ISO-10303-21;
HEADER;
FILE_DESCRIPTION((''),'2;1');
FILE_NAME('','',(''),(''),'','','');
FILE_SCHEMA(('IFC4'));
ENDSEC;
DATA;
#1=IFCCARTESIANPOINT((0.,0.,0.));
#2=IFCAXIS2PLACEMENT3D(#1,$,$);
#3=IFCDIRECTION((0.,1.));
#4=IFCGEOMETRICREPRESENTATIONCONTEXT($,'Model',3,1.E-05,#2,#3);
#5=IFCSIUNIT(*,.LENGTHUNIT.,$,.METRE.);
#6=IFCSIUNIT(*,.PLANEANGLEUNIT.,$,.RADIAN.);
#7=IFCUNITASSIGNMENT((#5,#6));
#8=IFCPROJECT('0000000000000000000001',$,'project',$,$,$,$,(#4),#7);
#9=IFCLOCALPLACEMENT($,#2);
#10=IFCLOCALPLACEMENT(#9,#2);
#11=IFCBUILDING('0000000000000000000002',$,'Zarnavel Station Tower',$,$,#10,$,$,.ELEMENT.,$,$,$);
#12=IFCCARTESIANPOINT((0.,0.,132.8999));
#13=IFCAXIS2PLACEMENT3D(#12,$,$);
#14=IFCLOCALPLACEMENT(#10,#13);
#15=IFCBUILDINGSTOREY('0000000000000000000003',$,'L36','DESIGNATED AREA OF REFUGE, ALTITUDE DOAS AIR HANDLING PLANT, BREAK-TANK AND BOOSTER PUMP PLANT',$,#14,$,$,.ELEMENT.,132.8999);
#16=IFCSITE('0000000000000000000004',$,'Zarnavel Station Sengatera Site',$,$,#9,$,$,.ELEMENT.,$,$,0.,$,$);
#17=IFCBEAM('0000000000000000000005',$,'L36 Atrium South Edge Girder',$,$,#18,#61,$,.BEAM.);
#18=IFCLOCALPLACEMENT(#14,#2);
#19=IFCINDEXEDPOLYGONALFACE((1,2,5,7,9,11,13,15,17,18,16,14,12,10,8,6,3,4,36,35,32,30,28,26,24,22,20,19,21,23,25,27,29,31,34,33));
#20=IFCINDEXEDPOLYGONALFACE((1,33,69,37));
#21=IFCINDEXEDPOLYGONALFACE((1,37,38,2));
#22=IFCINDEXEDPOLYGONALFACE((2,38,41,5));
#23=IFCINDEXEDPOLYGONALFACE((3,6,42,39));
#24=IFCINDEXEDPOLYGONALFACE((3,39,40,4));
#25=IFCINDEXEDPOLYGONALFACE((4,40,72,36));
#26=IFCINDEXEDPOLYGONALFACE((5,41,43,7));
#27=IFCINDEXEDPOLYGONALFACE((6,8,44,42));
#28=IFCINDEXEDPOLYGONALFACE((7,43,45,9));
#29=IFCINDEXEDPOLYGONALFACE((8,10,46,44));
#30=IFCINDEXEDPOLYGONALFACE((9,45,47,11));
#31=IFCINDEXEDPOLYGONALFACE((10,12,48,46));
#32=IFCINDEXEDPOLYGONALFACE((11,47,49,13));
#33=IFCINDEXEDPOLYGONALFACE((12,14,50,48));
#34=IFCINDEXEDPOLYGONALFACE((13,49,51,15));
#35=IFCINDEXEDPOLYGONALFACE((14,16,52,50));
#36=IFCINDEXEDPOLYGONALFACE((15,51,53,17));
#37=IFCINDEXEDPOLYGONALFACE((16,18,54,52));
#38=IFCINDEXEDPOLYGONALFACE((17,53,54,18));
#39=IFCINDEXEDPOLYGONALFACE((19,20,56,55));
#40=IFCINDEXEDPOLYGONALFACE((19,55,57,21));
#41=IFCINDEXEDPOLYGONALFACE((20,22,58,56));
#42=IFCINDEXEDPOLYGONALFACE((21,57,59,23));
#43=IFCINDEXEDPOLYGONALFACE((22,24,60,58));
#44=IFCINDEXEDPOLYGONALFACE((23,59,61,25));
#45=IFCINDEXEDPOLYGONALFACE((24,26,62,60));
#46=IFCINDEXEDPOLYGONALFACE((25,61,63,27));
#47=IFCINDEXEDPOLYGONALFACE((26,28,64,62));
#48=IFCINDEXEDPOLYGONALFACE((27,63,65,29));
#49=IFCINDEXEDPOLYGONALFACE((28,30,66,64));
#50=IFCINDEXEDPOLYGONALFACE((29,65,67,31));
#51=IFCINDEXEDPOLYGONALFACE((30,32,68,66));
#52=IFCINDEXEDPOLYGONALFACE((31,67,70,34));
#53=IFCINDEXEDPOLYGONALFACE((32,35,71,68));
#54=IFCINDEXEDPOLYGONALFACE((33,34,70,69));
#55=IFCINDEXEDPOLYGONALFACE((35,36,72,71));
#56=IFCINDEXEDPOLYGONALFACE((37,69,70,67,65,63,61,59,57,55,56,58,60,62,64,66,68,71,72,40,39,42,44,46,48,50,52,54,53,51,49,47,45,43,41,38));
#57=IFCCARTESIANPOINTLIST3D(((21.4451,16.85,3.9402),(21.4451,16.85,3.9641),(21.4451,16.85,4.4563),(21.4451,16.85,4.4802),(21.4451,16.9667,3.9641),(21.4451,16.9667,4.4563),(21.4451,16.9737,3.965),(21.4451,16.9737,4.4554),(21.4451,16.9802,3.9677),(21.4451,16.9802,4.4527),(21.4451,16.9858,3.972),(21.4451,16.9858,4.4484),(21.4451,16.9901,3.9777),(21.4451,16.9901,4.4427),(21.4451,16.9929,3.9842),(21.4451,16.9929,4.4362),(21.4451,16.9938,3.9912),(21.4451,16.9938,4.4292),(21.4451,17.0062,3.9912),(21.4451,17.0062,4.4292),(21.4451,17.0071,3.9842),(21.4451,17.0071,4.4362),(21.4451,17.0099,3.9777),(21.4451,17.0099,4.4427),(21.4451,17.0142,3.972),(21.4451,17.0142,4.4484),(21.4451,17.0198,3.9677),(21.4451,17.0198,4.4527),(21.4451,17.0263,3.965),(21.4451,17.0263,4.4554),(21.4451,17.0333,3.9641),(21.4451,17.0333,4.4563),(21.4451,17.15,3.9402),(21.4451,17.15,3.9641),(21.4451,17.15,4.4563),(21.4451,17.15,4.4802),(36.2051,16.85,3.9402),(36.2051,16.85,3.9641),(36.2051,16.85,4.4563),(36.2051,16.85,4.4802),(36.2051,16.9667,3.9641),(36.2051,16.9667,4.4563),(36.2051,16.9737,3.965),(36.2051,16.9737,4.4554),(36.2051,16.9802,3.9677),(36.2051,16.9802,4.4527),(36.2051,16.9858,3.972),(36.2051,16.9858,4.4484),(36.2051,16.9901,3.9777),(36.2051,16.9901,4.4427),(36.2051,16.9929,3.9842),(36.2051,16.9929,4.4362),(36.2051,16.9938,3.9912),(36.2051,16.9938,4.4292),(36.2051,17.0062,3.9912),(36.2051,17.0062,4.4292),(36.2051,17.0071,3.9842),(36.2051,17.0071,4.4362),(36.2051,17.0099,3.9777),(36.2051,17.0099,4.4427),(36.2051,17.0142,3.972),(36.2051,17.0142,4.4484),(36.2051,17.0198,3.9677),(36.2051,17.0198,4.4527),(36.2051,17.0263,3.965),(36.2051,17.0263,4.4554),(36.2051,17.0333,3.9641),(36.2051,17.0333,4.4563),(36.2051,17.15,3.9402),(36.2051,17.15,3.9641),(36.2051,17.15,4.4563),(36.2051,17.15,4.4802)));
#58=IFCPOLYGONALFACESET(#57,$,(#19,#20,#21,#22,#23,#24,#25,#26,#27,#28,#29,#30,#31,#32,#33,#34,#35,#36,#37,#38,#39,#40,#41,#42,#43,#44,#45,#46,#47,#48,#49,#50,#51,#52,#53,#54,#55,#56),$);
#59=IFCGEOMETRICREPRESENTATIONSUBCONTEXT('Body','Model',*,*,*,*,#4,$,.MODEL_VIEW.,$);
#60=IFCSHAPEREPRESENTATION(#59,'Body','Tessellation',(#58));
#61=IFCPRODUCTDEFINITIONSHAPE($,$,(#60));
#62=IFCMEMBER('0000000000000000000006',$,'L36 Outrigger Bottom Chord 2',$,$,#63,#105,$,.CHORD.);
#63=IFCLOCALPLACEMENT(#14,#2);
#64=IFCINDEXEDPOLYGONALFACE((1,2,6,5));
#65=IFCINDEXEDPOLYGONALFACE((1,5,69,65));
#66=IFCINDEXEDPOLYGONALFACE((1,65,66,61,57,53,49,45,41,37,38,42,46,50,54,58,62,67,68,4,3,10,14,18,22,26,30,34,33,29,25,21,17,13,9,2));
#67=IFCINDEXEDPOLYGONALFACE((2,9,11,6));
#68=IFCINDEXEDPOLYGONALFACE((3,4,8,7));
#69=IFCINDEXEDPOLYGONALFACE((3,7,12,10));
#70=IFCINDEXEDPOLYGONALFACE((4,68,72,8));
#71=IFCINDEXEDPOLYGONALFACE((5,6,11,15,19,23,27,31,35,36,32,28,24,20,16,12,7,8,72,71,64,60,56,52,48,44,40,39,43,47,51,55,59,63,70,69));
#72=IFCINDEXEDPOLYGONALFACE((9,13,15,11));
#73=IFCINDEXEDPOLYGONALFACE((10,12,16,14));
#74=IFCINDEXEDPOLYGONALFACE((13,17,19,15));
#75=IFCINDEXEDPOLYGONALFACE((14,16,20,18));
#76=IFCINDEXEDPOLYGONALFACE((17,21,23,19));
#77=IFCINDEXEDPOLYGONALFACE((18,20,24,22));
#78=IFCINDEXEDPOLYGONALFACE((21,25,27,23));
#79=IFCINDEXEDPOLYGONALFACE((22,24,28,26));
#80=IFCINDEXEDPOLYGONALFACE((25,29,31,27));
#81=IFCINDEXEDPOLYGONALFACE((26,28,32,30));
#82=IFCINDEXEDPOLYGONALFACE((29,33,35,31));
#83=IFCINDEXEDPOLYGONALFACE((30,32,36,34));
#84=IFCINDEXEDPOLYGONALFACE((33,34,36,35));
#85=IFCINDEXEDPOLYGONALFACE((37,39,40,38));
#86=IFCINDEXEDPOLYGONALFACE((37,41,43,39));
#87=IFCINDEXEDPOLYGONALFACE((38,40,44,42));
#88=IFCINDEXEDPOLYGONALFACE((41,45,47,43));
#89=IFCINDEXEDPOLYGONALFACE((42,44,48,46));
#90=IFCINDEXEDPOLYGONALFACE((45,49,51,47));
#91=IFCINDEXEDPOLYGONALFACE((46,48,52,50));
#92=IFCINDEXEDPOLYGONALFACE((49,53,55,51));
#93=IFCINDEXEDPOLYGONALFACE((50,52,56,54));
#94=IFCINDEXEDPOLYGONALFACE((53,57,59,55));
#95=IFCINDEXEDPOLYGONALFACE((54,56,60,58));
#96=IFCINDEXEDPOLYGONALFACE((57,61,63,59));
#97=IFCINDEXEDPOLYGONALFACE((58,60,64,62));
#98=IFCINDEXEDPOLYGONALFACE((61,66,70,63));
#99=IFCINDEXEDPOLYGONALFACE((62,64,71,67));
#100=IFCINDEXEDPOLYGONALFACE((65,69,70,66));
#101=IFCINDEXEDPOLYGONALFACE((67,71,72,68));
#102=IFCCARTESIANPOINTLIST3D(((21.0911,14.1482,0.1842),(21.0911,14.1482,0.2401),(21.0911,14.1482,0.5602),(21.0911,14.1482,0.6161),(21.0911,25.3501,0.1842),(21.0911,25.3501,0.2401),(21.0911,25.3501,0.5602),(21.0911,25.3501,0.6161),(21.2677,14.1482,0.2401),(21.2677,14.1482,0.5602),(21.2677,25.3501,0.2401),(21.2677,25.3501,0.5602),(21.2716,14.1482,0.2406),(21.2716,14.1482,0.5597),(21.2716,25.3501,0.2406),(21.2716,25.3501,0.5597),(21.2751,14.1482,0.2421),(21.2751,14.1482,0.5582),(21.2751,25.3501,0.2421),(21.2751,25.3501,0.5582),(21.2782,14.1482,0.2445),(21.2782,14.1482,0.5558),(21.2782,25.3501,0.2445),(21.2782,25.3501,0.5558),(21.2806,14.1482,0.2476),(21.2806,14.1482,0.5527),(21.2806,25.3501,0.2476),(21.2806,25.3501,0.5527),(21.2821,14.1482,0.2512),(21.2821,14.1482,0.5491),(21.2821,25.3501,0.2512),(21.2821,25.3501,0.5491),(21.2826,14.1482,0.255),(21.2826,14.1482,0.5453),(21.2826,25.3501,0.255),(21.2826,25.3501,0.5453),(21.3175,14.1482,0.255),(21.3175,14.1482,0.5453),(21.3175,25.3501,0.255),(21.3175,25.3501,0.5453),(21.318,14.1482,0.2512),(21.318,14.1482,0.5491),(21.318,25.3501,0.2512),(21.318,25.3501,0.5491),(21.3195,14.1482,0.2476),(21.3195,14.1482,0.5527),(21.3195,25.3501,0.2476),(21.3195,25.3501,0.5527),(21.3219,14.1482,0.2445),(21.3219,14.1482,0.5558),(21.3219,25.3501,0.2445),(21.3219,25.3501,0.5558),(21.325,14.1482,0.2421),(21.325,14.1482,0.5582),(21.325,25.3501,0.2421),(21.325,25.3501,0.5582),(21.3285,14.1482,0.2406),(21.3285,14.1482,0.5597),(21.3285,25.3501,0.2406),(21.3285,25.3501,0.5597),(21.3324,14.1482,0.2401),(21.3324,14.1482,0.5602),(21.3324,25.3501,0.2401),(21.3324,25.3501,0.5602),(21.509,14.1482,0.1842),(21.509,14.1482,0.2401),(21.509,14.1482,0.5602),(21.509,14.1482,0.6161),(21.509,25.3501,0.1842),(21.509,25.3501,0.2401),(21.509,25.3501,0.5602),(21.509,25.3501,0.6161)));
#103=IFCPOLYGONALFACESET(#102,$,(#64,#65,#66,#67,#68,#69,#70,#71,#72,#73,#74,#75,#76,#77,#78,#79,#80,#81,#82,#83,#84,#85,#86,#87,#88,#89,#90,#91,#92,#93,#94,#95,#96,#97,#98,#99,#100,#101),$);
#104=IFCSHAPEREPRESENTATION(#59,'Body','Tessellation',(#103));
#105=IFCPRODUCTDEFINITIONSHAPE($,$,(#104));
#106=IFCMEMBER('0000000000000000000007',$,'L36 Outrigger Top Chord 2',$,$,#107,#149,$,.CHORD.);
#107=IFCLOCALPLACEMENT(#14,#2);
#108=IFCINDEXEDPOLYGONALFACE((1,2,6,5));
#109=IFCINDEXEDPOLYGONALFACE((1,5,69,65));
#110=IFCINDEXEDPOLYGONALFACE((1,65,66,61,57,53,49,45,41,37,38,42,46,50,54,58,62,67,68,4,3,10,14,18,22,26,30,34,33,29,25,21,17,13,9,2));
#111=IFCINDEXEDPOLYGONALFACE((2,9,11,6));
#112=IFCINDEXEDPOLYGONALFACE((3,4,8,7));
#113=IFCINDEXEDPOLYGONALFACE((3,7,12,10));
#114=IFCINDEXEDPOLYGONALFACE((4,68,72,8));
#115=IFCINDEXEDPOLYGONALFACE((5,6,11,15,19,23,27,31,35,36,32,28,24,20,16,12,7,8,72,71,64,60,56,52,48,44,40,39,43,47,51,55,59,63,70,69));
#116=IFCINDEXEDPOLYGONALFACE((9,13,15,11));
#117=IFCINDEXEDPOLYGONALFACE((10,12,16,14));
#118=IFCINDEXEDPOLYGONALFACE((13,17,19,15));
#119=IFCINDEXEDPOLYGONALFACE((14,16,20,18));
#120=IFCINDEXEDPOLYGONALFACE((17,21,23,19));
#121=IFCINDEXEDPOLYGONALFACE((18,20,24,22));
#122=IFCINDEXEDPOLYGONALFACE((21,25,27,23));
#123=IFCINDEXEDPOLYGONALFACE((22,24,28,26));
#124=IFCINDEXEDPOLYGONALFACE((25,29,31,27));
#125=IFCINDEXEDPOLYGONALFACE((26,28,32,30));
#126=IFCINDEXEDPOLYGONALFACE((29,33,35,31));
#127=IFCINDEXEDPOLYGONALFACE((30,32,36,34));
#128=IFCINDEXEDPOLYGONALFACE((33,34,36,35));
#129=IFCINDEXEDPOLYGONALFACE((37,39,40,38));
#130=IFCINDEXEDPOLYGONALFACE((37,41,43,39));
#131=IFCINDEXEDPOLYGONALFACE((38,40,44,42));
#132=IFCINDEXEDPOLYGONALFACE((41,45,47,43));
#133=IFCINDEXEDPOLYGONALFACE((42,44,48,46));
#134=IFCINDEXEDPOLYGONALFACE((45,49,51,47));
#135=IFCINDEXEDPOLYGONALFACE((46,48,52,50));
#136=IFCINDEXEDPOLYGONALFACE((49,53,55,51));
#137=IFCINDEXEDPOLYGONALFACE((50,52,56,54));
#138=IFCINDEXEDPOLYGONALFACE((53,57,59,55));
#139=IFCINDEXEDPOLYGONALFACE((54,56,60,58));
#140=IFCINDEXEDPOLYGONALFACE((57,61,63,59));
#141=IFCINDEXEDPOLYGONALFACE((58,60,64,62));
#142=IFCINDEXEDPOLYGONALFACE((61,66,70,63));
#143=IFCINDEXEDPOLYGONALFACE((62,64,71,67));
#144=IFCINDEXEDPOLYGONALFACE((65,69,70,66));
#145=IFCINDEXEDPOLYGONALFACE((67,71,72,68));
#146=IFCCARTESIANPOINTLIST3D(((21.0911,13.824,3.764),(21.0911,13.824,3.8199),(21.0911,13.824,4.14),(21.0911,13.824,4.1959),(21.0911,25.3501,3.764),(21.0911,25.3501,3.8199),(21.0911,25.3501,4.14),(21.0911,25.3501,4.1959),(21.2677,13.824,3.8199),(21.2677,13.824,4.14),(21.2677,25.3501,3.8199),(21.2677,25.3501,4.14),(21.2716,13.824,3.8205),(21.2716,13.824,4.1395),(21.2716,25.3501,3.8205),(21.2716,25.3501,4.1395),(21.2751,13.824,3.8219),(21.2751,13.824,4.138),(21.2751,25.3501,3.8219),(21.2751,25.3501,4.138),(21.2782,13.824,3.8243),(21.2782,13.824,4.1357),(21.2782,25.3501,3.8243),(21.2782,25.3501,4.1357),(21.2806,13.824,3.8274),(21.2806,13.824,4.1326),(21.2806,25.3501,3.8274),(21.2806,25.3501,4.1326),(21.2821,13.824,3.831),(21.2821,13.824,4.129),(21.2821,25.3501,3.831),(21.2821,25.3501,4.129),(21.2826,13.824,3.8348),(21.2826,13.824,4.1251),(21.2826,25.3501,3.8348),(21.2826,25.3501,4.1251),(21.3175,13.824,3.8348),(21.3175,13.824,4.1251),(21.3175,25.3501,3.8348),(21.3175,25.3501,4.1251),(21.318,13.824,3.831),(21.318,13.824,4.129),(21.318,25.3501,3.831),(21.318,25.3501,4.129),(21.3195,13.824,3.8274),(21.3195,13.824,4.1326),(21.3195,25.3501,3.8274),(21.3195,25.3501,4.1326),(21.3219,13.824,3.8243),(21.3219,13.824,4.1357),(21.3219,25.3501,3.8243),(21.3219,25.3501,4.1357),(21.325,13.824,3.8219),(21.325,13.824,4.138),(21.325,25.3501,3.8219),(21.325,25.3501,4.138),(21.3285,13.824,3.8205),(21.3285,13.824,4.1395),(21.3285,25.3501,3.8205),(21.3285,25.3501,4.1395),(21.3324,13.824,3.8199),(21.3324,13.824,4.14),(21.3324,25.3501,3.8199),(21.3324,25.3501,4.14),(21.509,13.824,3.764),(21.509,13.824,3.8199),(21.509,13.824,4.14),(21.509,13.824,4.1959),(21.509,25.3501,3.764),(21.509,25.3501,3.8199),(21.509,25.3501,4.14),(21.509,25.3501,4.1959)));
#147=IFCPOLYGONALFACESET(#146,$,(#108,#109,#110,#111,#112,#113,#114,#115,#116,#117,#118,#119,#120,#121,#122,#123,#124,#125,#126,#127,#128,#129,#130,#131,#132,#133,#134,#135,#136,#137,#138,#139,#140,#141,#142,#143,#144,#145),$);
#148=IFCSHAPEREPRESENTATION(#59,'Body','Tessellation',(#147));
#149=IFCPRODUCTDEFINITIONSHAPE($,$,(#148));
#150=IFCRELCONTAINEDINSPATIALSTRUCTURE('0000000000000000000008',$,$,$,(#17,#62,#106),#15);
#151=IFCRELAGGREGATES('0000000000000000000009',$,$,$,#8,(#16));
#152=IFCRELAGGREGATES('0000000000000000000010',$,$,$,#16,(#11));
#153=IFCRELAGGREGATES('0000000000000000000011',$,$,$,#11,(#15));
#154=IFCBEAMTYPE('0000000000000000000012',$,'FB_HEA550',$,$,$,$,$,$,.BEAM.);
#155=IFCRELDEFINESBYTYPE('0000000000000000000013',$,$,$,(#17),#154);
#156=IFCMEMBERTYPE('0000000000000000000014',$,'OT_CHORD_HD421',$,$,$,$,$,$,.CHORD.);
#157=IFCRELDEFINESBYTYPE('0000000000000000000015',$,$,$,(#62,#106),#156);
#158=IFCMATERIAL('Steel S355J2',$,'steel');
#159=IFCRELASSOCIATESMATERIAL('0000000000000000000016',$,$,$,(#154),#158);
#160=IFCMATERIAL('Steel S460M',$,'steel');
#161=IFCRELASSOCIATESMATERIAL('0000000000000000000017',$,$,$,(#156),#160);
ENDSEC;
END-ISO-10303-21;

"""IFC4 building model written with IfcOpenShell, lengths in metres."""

from ifc_helpers import new_model, si_unit, direction, frame, origin, origin_2d, place, context, subcontext, project, spatial, i_section, extrude, material, material_profile, profile_set, type_object, element, save


model = new_model("IFC4")

# Units and contexts
model_context = context("Model", 3, precision=1e-05, world=origin(), true_north=direction((0.0, 1.0)))
body_context = subcontext(model_context, "Body", "Model", "MODEL_VIEW")
ifc_project = project(units=[si_unit("LENGTHUNIT", "METRE"), si_unit("PLANEANGLEUNIT", "RADIAN")], contexts=[model_context])

# Site, building, storey
site_placement = place(None, origin())
site = spatial("IfcSite", under=ifc_project, at=site_placement, Name="Zarnavel Station Sengatera Site", CompositionType="ELEMENT", RefElevation=0.0)
building_placement = place(site_placement, origin())
building = spatial("IfcBuilding", under=site, at=building_placement, Name="Zarnavel Station Tower", CompositionType="ELEMENT")
storey_placement = place(building_placement, frame((0.0, 0.0, 132.8999)))
storey = spatial("IfcBuildingStorey", under=building, at=storey_placement, Name="L36", Description="DESIGNATED AREA OF REFUGE, ALTITUDE DOAS AIR HANDLING PLANT, BREAK-TANK AND BOOSTER PUMP PLANT", CompositionType="ELEMENT", Elevation=132.8999)

# Beam
ifc_material_1 = material(Name="Steel S355J2", Category="steel")
ifc_material_profile_1 = material_profile(ifc_material_1, i_section(OverallWidth=0.3, OverallDepth=0.54, WebThickness=0.0125, FlangeThickness=0.0239, FilletRadius=0.0271, at=origin_2d()), Name="HEA550")
ifc_profile_set_1 = profile_set([ifc_material_profile_1], Name="Steel S355J2")
beam_type = type_object("IfcBeamType", Name="FB_HEA550", PredefinedType="BEAM", material=ifc_profile_set_1)
beam_placement = place(storey_placement, frame((21.4451, 17.0, 4.2102), z_axis=(1.0, 0.0, 0.0), x_axis=(0.0, 1.0, 0.0)))
element("IfcBeam", 1, at=beam_placement, inside=storey, type_object=beam_type, Name="L36 Atrium South Edge Girder", PredefinedType="BEAM", context=body_context, shape_type="SweptSolid", body=[
    extrude(i_section(OverallWidth=0.3, OverallDepth=0.54, WebThickness=0.0125, FlangeThickness=0.0239, FilletRadius=0.0271, at=origin_2d()), origin(), (0.0, 0.0, 1.0), 14.76),
])

# Members
ifc_material_2 = material(Name="Steel S460M", Category="steel")
ifc_material_profile_2 = material_profile(ifc_material_2, i_section(OverallWidth=0.418, OverallDepth=0.4319, WebThickness=0.0349, FlangeThickness=0.0559, FilletRadius=0.0149, at=origin_2d()), Name="HD400x421")
ifc_profile_set_2 = profile_set([ifc_material_profile_2], Name="Steel S460M")
member_type_1 = type_object("IfcMemberType", Name="OT_CHORD_HD421", PredefinedType="CHORD", material=ifc_profile_set_2)
member_1_placement = place(storey_placement, frame((21.3, 14.1482, 0.4001), z_axis=(0.0, 1.0, 0.0), x_axis=(-1.0, 0.0, 0.0)))
element("IfcMember", 2, at=member_1_placement, inside=storey, type_object=member_type_1, Name="L36 Outrigger Bottom Chord 2", PredefinedType="CHORD", context=body_context, shape_type="SweptSolid", body=[
    extrude(i_section(OverallWidth=0.418, OverallDepth=0.4319, WebThickness=0.0349, FlangeThickness=0.0559, FilletRadius=0.0149, at=origin_2d()), origin(), (0.0, 0.0, 1.0), 11.2019),
])
member_2_placement = place(storey_placement, frame((21.3, 13.824, 3.98), z_axis=(0.0, 1.0, 0.0), x_axis=(-1.0, 0.0, 0.0)))
element("IfcMember", 3, at=member_2_placement, inside=storey, type_object=member_type_1, Name="L36 Outrigger Top Chord 2", PredefinedType="CHORD", context=body_context, shape_type="SweptSolid", body=[
    extrude(i_section(OverallWidth=0.418, OverallDepth=0.4319, WebThickness=0.0349, FlangeThickness=0.0559, FilletRadius=0.0149, at=origin_2d()), origin(), (0.0, 0.0, 1.0), 11.5261),
])

save(model, "model.ifc")
